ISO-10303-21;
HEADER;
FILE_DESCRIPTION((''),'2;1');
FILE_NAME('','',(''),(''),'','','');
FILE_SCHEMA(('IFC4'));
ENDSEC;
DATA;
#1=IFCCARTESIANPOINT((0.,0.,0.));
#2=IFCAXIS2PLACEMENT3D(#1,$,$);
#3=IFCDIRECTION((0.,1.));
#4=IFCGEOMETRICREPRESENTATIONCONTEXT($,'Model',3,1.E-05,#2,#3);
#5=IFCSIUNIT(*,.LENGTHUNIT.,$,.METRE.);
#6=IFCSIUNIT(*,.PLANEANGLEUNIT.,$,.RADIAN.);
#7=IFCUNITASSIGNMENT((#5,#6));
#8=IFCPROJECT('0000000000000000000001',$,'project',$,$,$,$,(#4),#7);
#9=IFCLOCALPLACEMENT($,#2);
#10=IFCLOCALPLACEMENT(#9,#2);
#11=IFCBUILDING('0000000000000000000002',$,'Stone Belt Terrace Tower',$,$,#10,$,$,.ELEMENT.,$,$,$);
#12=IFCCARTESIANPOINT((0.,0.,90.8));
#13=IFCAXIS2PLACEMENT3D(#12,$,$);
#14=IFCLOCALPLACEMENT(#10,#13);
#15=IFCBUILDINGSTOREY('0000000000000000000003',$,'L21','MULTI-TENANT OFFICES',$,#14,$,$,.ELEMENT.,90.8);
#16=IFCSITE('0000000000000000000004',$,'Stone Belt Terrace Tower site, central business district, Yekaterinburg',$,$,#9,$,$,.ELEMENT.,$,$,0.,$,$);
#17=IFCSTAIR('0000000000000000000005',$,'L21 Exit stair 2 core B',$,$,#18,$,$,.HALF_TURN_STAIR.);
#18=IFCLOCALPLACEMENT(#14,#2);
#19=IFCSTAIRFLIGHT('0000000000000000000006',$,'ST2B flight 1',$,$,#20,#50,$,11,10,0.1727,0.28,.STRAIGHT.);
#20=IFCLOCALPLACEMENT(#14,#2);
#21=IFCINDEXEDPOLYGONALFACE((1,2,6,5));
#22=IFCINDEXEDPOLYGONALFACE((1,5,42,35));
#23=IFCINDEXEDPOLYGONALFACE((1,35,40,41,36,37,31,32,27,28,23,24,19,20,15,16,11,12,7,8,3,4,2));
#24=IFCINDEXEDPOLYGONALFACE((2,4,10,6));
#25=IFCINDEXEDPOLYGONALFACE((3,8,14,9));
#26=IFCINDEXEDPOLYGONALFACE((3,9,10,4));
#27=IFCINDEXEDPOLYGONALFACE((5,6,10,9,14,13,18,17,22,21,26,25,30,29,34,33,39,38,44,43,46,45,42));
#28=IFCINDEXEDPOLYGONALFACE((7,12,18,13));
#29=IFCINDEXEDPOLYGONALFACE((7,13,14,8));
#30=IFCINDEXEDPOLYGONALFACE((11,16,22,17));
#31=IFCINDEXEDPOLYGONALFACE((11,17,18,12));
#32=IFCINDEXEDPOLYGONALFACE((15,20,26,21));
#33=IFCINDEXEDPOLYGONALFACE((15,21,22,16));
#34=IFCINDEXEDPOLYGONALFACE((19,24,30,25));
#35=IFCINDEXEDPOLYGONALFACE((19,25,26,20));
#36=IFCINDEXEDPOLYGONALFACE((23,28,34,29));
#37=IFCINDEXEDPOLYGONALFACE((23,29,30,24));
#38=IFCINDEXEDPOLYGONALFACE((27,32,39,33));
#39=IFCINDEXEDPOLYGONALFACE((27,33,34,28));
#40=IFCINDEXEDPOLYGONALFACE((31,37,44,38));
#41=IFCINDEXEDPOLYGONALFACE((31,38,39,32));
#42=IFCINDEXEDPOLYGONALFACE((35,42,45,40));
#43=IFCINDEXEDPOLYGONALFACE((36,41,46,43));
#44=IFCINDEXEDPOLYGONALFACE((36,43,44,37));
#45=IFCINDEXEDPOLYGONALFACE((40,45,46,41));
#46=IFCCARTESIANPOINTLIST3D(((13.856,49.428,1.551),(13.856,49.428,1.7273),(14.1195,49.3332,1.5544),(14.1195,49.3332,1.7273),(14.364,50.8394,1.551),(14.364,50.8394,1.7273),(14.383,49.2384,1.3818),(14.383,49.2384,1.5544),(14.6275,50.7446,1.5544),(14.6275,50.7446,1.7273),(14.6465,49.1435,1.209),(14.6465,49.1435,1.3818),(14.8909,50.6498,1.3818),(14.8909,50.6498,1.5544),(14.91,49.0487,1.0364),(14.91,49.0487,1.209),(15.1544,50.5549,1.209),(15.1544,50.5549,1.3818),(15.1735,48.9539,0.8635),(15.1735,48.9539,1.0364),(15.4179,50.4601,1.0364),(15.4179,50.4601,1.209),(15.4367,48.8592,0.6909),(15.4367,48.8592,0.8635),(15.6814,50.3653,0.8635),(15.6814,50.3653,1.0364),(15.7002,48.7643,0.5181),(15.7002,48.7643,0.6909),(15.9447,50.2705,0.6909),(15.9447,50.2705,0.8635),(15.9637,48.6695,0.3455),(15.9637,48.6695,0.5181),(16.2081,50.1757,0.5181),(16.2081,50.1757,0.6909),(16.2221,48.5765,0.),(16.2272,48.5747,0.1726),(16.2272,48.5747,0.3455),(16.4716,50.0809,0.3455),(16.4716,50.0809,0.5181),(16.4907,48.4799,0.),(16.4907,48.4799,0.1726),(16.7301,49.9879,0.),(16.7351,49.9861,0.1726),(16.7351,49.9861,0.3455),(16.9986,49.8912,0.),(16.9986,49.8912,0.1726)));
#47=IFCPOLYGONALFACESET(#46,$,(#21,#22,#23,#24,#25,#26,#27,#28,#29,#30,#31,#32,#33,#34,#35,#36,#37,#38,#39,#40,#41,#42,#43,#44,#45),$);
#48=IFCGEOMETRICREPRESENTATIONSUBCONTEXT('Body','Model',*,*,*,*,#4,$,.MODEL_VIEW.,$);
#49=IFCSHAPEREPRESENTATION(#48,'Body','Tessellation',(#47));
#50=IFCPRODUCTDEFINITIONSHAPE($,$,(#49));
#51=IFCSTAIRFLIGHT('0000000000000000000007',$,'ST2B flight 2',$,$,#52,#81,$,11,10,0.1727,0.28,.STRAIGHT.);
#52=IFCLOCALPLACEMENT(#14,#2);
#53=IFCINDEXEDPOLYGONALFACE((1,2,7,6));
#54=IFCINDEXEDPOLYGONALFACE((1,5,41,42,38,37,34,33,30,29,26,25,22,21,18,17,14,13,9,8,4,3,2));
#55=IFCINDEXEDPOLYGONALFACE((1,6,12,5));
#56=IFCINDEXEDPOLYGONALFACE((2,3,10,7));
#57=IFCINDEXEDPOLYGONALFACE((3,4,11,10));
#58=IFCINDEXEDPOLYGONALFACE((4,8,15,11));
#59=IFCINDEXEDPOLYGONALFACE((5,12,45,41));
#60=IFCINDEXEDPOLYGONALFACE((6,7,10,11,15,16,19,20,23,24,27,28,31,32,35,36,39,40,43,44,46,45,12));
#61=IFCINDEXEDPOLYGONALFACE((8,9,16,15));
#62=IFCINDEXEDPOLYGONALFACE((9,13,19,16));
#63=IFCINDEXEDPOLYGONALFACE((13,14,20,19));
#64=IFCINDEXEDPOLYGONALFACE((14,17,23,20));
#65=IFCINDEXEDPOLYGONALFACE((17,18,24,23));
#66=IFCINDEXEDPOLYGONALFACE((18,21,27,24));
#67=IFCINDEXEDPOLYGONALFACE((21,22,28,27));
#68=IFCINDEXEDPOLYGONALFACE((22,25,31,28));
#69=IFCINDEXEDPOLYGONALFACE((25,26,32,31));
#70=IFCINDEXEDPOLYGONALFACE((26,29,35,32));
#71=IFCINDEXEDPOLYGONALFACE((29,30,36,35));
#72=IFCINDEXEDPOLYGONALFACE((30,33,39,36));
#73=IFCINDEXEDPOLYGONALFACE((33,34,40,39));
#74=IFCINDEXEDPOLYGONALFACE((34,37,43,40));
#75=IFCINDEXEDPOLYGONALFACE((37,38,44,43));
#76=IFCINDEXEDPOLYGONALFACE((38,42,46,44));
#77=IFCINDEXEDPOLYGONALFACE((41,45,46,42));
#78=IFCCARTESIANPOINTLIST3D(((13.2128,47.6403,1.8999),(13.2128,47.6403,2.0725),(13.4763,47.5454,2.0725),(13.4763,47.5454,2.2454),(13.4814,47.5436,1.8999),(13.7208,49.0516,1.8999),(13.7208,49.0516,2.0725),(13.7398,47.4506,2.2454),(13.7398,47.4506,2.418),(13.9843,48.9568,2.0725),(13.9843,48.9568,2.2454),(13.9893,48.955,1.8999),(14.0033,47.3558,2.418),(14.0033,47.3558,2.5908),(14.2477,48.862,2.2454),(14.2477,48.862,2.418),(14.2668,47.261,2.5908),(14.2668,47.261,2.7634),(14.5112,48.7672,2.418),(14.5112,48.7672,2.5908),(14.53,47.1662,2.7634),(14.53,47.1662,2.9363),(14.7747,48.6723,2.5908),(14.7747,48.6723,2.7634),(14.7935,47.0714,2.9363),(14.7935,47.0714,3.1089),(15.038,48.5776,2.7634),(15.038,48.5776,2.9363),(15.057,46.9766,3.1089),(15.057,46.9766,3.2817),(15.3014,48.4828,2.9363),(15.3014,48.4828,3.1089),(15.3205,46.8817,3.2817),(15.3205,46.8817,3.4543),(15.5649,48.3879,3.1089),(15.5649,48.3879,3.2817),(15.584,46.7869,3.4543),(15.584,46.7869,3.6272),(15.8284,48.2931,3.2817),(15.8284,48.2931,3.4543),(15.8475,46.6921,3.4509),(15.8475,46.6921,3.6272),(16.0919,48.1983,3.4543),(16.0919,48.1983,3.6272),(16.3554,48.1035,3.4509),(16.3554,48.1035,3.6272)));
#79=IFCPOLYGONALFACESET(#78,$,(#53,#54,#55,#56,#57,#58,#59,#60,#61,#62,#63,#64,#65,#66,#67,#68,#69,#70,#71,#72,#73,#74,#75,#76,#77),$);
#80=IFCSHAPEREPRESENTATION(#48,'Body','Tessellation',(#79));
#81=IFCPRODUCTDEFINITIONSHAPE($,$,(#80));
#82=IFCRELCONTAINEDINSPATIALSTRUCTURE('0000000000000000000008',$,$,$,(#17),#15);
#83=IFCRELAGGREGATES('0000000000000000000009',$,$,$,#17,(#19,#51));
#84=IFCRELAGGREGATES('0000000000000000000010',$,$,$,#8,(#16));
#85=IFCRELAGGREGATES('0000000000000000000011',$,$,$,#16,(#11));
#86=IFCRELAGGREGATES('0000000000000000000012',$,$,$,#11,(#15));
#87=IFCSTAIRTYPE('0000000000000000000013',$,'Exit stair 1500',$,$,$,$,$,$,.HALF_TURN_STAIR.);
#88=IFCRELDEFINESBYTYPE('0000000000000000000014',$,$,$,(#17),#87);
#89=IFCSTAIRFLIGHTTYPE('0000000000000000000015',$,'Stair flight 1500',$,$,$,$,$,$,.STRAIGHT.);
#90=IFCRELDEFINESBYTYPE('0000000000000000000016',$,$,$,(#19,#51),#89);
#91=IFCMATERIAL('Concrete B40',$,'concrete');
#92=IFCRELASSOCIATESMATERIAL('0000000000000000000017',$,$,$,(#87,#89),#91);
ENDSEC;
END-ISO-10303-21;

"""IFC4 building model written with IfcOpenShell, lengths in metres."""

from ifc_helpers import new_model, si_unit, direction, frame, origin, place, context, subcontext, project, spatial, polyline, outline, extrude, material, type_object, element, aggregate, save


model = new_model("IFC4")

# Units and contexts
model_context = context("Model", 3, precision=1e-05, world=origin(), true_north=direction((0.0, 1.0)))
body_context = subcontext(model_context, "Body", "Model", "MODEL_VIEW")
ifc_project = project(units=[si_unit("LENGTHUNIT", "METRE"), si_unit("PLANEANGLEUNIT", "RADIAN")], contexts=[model_context])

# Site, building, storey
site_placement = place(None, origin())
site = spatial("IfcSite", under=ifc_project, at=site_placement, Name="Stone Belt Terrace Tower site, central business district, Yekaterinburg", CompositionType="ELEMENT", RefElevation=0.0)
building_placement = place(site_placement, origin())
building = spatial("IfcBuilding", under=site, at=building_placement, Name="Stone Belt Terrace Tower", CompositionType="ELEMENT")
storey_placement = place(building_placement, frame((0.0, 0.0, 90.8)))
storey = spatial("IfcBuildingStorey", under=building, at=storey_placement, Name="L21", Description="MULTI-TENANT OFFICES", CompositionType="ELEMENT", Elevation=90.8)

# Stair, stair flights
ifc_material_1 = material(Name="Concrete B40", Category="concrete")
stair_type = type_object("IfcStairType", Name="Exit stair 1500", PredefinedType="HALF_TURN_STAIR", material=ifc_material_1)
stair_placement = place(storey_placement, origin())
stair = element("IfcStair", 1, at=stair_placement, inside=storey, type_object=stair_type, Name="L21 Exit stair 2 core B", PredefinedType="HALF_TURN_STAIR")
stair_flight_type = type_object("IfcStairFlightType", Name="Stair flight 1500", PredefinedType="STRAIGHT", material=ifc_material_1)
stair_flight_1_placement = place(storey_placement, frame((16.7446, 49.1855, 0.0), z_axis=(0.0, 0.0, 1.0), x_axis=(-0.940922, 0.338624, 0.0)))
stair_flight_1 = element("IfcStairFlight", 2, at=stair_flight_1_placement, type_object=stair_flight_type, Name="ST2B flight 1", NumberOfRisers=11, NumberOfTreads=10, PredefinedType="STRAIGHT", RiserHeight=0.1727, TreadLength=0.28, context=body_context, shape_type="SweptSolid", body=[
    extrude(outline(polyline([(0.0, 0.0), (0.0, 0.1726), (0.28, 0.1726), (0.28, 0.3455), (0.5601, 0.3455), (0.5601, 0.5181), (0.8401, 0.5181), (0.8401, 0.6909), (1.1201, 0.6909), (1.1201, 0.8635), (1.3999, 0.8635), (1.3999, 1.0364), (1.6799, 1.0364), (1.6799, 1.209), (1.96, 1.209), (1.96, 1.3818), (2.24, 1.3818), (2.24, 1.5544), (2.52, 1.5544), (2.52, 1.7273), (2.8, 1.7273), (2.8, 1.8999), (2.8, 1.551), (0.2854, 0.0), (0.0, 0.0)])), frame((0.0, 0.75, 0.0), z_axis=(0.0, -1.0, 0.0), x_axis=(1.0, 0.0, 0.0)), (0.0, 0.0, 1.0), 1.5),
])
stair_flight_2_placement = place(storey_placement, frame((13.4668, 48.3459, 1.8999), z_axis=(0.0, 0.0, 1.0), x_axis=(0.940922, -0.338624, 0.0)))
stair_flight_2 = element("IfcStairFlight", 3, at=stair_flight_2_placement, type_object=stair_flight_type, Name="ST2B flight 2", NumberOfRisers=11, NumberOfTreads=10, PredefinedType="STRAIGHT", RiserHeight=0.1727, TreadLength=0.28, context=body_context, shape_type="SweptSolid", body=[
    extrude(outline(polyline([(0.0, 0.0), (0.0, 0.1726), (0.28, 0.1726), (0.28, 0.3455), (0.5601, 0.3455), (0.5601, 0.5181), (0.8401, 0.5181), (0.8401, 0.6909), (1.1201, 0.6909), (1.1201, 0.8635), (1.3999, 0.8635), (1.3999, 1.0364), (1.6799, 1.0364), (1.6799, 1.209), (1.96, 1.209), (1.96, 1.3818), (2.24, 1.3818), (2.24, 1.5544), (2.52, 1.5544), (2.52, 1.7273), (2.8, 1.7273), (2.8, 1.8999), (2.8, 1.551), (0.2854, 0.0), (0.0, 0.0)])), frame((0.0, 0.75, 0.0), z_axis=(0.0, -1.0, 0.0), x_axis=(1.0, 0.0, 0.0)), (0.0, 0.0, 1.0), 1.5),
])
aggregate(stair, [stair_flight_1, stair_flight_2])

save(model, "model.ifc")
